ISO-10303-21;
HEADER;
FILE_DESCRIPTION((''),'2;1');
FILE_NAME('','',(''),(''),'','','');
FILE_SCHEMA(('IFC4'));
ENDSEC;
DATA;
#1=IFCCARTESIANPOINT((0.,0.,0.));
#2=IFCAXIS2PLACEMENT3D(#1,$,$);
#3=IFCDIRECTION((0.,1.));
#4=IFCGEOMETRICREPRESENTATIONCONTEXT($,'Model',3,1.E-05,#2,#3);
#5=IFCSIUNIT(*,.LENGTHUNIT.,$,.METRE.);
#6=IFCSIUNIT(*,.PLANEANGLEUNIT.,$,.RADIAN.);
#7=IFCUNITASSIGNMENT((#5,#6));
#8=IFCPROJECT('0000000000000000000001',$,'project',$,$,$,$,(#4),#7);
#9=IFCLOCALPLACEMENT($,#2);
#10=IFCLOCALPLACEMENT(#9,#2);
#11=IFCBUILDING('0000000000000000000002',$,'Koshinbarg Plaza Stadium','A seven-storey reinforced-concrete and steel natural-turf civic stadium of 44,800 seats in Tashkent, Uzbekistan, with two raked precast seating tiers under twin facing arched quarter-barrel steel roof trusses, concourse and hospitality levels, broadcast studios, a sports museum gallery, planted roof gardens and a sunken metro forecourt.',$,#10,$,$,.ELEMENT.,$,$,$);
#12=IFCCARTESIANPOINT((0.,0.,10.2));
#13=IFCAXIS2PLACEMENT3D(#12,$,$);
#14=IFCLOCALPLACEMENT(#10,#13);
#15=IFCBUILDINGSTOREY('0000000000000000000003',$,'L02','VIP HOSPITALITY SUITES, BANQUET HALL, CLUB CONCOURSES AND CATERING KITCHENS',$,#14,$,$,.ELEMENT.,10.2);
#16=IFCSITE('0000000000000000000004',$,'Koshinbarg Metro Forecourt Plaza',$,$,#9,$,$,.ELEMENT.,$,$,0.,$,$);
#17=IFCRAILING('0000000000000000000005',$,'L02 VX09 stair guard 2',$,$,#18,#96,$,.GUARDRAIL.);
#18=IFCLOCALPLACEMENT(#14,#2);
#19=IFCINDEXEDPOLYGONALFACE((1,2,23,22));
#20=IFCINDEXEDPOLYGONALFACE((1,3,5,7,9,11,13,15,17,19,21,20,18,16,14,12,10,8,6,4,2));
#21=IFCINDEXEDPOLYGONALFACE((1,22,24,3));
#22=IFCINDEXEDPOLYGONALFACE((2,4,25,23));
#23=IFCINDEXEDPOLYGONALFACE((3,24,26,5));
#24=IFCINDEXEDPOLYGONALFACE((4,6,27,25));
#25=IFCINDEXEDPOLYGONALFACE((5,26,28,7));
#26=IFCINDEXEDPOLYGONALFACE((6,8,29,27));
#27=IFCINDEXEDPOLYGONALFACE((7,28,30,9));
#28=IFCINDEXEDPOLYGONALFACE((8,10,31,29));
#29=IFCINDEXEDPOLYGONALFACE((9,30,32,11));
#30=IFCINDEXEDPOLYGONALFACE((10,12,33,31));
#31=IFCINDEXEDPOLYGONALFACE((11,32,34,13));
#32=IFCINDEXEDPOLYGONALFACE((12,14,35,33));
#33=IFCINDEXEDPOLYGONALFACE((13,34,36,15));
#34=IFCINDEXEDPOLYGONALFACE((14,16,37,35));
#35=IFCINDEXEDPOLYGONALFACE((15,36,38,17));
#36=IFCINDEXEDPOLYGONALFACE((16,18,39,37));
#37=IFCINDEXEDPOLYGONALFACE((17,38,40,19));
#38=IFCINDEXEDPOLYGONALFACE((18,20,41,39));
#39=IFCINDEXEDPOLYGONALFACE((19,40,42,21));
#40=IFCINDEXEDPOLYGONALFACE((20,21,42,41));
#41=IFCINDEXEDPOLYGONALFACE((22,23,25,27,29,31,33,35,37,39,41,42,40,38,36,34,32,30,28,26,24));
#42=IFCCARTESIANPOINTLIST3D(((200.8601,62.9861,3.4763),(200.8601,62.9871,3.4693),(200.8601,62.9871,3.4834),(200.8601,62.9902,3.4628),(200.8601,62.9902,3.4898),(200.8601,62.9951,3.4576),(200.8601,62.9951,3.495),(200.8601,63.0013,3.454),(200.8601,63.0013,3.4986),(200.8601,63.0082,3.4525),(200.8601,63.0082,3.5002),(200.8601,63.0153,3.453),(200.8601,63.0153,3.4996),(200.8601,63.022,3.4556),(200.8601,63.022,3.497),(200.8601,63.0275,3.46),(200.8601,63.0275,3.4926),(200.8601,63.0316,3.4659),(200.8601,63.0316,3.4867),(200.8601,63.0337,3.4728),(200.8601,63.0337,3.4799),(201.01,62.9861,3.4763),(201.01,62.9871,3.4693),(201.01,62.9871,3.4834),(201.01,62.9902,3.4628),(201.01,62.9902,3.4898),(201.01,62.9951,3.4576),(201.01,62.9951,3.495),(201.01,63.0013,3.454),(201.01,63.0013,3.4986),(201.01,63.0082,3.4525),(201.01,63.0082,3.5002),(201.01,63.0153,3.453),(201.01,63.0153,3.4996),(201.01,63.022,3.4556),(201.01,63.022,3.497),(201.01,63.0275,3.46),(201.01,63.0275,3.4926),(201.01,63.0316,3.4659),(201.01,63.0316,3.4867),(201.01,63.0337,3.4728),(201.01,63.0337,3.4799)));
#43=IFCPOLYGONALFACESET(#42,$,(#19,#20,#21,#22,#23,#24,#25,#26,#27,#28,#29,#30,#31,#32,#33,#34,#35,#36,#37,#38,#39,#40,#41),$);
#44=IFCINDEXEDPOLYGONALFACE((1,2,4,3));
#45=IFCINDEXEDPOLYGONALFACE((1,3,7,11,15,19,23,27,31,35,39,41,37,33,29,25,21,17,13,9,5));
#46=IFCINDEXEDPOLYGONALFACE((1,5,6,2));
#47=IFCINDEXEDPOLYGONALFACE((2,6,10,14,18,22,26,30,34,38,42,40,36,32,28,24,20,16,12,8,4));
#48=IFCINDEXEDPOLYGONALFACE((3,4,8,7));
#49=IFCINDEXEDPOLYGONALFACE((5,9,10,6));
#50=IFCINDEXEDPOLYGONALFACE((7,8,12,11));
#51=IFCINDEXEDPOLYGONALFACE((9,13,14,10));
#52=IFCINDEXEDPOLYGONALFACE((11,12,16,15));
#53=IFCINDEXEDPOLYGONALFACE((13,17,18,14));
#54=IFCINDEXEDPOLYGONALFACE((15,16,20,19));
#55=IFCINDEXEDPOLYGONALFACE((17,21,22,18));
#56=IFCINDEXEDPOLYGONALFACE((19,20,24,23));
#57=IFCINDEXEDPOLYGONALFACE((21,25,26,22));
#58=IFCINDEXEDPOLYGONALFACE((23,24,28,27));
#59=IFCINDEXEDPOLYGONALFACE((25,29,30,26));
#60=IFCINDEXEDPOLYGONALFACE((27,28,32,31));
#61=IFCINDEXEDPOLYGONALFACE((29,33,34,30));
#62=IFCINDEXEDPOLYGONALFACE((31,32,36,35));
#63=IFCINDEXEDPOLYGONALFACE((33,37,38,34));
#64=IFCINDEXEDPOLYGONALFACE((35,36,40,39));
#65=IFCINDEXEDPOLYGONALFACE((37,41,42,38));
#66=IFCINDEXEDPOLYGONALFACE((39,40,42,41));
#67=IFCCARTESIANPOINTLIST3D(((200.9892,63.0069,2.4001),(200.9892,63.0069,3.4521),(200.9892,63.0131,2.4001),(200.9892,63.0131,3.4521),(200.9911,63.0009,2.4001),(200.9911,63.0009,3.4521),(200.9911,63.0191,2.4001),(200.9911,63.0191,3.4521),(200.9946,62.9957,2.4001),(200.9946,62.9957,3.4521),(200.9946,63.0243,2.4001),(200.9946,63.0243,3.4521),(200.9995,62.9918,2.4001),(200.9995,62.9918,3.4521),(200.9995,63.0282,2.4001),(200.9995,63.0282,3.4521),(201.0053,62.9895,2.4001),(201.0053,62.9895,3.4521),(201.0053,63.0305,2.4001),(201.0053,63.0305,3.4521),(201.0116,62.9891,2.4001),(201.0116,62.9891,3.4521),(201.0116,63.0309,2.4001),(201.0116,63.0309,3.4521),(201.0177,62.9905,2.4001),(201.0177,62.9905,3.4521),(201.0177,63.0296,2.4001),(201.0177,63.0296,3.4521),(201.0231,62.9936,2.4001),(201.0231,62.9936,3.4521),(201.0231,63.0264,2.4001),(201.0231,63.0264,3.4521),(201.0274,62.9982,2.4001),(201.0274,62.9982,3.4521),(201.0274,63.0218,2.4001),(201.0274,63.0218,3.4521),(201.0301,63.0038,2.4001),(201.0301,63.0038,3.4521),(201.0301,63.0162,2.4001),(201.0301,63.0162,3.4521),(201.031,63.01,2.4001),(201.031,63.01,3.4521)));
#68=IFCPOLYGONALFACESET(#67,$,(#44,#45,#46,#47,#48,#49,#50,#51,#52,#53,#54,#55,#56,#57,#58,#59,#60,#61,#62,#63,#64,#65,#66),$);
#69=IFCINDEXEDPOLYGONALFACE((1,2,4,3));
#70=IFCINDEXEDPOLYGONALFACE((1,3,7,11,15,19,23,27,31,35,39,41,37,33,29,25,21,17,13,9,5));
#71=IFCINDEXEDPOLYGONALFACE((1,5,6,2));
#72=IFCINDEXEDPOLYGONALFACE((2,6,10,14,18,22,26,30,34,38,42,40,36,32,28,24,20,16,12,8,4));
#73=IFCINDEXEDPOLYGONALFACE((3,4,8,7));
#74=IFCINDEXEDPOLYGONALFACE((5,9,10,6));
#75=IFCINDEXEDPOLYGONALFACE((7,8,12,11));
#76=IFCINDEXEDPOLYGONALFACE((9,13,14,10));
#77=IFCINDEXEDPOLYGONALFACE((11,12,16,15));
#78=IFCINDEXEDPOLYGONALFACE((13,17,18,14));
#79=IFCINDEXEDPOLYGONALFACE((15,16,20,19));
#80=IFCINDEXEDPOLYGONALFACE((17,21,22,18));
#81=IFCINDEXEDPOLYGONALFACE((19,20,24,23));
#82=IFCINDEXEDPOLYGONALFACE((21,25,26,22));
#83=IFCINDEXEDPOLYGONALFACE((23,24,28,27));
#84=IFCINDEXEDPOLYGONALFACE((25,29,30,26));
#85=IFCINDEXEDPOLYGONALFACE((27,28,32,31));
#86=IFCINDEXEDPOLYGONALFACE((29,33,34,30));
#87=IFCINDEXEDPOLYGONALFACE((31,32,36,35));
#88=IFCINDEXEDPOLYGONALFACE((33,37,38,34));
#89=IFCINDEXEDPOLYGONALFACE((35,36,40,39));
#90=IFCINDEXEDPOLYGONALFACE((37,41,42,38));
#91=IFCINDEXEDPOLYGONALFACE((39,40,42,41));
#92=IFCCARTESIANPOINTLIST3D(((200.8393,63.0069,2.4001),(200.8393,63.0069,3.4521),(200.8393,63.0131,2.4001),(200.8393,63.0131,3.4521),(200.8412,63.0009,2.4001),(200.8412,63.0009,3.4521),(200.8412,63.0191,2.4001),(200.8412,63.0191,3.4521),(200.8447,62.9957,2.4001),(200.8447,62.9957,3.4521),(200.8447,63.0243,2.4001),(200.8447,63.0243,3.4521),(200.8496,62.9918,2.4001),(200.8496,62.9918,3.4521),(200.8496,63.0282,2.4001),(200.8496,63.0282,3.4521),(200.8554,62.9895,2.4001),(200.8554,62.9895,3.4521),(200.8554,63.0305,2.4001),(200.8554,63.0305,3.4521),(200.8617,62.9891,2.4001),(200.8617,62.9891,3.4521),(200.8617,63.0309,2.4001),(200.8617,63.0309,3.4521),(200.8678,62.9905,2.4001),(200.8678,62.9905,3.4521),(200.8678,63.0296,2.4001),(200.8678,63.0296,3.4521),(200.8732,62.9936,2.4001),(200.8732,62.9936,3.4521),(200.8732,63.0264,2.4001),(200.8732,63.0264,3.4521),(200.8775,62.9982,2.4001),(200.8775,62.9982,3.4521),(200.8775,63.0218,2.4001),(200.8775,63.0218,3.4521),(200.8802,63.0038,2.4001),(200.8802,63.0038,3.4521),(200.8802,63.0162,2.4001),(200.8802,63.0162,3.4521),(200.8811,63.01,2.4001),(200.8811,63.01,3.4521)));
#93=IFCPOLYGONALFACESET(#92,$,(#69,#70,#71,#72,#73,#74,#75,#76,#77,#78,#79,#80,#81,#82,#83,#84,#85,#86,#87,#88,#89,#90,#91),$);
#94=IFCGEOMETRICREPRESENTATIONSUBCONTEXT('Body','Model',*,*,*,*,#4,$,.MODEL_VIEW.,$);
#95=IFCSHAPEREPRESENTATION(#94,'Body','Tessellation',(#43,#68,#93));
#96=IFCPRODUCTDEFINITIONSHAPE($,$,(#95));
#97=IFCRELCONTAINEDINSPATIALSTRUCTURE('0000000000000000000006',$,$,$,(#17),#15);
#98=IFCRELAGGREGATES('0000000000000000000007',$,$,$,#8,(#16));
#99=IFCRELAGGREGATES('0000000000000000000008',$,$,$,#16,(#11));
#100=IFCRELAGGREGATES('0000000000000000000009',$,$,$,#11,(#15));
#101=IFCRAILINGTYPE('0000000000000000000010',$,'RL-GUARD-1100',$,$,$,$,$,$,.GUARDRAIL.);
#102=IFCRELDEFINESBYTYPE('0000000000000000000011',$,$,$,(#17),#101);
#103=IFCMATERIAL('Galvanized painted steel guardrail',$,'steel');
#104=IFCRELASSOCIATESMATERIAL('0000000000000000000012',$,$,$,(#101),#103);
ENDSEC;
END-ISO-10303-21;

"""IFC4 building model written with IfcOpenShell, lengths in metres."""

from ifc_helpers import new_model, si_unit, direction, frame, origin, origin_2d, place, context, subcontext, project, spatial, circle, extrude, material, type_object, element, save


model = new_model("IFC4")

# Units and contexts
model_context = context("Model", 3, precision=1e-05, world=origin(), true_north=direction((0.0, 1.0)))
body_context = subcontext(model_context, "Body", "Model", "MODEL_VIEW")
ifc_project = project(units=[si_unit("LENGTHUNIT", "METRE"), si_unit("PLANEANGLEUNIT", "RADIAN")], contexts=[model_context])

# Site, building, storey
site_placement = place(None, origin())
site = spatial("IfcSite", under=ifc_project, at=site_placement, Name="Koshinbarg Metro Forecourt Plaza", CompositionType="ELEMENT", RefElevation=0.0)
building_placement = place(site_placement, origin())
building = spatial("IfcBuilding", under=site, at=building_placement, Name="Koshinbarg Plaza Stadium", Description="A seven-storey reinforced-concrete and steel natural-turf civic stadium of 44,800 seats in Tashkent, Uzbekistan, with two raked precast seating tiers under twin facing arched quarter-barrel steel roof trusses, concourse and hospitality levels, broadcast studios, a sports museum gallery, planted roof gardens and a sunken metro forecourt.", CompositionType="ELEMENT")
storey_placement = place(building_placement, frame((0.0, 0.0, 10.2)))
storey = spatial("IfcBuildingStorey", under=building, at=storey_placement, Name="L02", Description="VIP HOSPITALITY SUITES, BANQUET HALL, CLUB CONCOURSES AND CATERING KITCHENS", CompositionType="ELEMENT", Elevation=10.2)

# Railing
ifc_material_1 = material(Name="Galvanized painted steel guardrail", Category="steel")
railing_type_1 = type_object("IfcRailingType", Name="RL-GUARD-1100", PredefinedType="GUARDRAIL", material=ifc_material_1)
railing_1_placement = place(storey_placement, frame((201.01, 63.01, 2.4001)))
element("IfcRailing", 1, at=railing_1_placement, inside=storey, type_object=railing_type_1, Name="L02 VX09 stair guard 2", PredefinedType="GUARDRAIL", context=body_context, shape_type="SweptSolid", body=[
    extrude(circle(Radius=0.0239, at=origin_2d()), frame((0.0, 0.0, 1.0762), z_axis=(-1.0, 0.0, 0.0), x_axis=(0.0, -1.0, 0.0)), (0.0, 0.0, 1.0), 0.1499),
    extrude(circle(Radius=0.021, at=origin_2d()), origin(), (0.0, 0.0, 1.0), 1.052),
    extrude(circle(Radius=0.021, at=origin_2d()), frame((-0.1499, 0.0, 0.0)), (0.0, 0.0, 1.0), 1.052),
])

save(model, "model.ifc")
